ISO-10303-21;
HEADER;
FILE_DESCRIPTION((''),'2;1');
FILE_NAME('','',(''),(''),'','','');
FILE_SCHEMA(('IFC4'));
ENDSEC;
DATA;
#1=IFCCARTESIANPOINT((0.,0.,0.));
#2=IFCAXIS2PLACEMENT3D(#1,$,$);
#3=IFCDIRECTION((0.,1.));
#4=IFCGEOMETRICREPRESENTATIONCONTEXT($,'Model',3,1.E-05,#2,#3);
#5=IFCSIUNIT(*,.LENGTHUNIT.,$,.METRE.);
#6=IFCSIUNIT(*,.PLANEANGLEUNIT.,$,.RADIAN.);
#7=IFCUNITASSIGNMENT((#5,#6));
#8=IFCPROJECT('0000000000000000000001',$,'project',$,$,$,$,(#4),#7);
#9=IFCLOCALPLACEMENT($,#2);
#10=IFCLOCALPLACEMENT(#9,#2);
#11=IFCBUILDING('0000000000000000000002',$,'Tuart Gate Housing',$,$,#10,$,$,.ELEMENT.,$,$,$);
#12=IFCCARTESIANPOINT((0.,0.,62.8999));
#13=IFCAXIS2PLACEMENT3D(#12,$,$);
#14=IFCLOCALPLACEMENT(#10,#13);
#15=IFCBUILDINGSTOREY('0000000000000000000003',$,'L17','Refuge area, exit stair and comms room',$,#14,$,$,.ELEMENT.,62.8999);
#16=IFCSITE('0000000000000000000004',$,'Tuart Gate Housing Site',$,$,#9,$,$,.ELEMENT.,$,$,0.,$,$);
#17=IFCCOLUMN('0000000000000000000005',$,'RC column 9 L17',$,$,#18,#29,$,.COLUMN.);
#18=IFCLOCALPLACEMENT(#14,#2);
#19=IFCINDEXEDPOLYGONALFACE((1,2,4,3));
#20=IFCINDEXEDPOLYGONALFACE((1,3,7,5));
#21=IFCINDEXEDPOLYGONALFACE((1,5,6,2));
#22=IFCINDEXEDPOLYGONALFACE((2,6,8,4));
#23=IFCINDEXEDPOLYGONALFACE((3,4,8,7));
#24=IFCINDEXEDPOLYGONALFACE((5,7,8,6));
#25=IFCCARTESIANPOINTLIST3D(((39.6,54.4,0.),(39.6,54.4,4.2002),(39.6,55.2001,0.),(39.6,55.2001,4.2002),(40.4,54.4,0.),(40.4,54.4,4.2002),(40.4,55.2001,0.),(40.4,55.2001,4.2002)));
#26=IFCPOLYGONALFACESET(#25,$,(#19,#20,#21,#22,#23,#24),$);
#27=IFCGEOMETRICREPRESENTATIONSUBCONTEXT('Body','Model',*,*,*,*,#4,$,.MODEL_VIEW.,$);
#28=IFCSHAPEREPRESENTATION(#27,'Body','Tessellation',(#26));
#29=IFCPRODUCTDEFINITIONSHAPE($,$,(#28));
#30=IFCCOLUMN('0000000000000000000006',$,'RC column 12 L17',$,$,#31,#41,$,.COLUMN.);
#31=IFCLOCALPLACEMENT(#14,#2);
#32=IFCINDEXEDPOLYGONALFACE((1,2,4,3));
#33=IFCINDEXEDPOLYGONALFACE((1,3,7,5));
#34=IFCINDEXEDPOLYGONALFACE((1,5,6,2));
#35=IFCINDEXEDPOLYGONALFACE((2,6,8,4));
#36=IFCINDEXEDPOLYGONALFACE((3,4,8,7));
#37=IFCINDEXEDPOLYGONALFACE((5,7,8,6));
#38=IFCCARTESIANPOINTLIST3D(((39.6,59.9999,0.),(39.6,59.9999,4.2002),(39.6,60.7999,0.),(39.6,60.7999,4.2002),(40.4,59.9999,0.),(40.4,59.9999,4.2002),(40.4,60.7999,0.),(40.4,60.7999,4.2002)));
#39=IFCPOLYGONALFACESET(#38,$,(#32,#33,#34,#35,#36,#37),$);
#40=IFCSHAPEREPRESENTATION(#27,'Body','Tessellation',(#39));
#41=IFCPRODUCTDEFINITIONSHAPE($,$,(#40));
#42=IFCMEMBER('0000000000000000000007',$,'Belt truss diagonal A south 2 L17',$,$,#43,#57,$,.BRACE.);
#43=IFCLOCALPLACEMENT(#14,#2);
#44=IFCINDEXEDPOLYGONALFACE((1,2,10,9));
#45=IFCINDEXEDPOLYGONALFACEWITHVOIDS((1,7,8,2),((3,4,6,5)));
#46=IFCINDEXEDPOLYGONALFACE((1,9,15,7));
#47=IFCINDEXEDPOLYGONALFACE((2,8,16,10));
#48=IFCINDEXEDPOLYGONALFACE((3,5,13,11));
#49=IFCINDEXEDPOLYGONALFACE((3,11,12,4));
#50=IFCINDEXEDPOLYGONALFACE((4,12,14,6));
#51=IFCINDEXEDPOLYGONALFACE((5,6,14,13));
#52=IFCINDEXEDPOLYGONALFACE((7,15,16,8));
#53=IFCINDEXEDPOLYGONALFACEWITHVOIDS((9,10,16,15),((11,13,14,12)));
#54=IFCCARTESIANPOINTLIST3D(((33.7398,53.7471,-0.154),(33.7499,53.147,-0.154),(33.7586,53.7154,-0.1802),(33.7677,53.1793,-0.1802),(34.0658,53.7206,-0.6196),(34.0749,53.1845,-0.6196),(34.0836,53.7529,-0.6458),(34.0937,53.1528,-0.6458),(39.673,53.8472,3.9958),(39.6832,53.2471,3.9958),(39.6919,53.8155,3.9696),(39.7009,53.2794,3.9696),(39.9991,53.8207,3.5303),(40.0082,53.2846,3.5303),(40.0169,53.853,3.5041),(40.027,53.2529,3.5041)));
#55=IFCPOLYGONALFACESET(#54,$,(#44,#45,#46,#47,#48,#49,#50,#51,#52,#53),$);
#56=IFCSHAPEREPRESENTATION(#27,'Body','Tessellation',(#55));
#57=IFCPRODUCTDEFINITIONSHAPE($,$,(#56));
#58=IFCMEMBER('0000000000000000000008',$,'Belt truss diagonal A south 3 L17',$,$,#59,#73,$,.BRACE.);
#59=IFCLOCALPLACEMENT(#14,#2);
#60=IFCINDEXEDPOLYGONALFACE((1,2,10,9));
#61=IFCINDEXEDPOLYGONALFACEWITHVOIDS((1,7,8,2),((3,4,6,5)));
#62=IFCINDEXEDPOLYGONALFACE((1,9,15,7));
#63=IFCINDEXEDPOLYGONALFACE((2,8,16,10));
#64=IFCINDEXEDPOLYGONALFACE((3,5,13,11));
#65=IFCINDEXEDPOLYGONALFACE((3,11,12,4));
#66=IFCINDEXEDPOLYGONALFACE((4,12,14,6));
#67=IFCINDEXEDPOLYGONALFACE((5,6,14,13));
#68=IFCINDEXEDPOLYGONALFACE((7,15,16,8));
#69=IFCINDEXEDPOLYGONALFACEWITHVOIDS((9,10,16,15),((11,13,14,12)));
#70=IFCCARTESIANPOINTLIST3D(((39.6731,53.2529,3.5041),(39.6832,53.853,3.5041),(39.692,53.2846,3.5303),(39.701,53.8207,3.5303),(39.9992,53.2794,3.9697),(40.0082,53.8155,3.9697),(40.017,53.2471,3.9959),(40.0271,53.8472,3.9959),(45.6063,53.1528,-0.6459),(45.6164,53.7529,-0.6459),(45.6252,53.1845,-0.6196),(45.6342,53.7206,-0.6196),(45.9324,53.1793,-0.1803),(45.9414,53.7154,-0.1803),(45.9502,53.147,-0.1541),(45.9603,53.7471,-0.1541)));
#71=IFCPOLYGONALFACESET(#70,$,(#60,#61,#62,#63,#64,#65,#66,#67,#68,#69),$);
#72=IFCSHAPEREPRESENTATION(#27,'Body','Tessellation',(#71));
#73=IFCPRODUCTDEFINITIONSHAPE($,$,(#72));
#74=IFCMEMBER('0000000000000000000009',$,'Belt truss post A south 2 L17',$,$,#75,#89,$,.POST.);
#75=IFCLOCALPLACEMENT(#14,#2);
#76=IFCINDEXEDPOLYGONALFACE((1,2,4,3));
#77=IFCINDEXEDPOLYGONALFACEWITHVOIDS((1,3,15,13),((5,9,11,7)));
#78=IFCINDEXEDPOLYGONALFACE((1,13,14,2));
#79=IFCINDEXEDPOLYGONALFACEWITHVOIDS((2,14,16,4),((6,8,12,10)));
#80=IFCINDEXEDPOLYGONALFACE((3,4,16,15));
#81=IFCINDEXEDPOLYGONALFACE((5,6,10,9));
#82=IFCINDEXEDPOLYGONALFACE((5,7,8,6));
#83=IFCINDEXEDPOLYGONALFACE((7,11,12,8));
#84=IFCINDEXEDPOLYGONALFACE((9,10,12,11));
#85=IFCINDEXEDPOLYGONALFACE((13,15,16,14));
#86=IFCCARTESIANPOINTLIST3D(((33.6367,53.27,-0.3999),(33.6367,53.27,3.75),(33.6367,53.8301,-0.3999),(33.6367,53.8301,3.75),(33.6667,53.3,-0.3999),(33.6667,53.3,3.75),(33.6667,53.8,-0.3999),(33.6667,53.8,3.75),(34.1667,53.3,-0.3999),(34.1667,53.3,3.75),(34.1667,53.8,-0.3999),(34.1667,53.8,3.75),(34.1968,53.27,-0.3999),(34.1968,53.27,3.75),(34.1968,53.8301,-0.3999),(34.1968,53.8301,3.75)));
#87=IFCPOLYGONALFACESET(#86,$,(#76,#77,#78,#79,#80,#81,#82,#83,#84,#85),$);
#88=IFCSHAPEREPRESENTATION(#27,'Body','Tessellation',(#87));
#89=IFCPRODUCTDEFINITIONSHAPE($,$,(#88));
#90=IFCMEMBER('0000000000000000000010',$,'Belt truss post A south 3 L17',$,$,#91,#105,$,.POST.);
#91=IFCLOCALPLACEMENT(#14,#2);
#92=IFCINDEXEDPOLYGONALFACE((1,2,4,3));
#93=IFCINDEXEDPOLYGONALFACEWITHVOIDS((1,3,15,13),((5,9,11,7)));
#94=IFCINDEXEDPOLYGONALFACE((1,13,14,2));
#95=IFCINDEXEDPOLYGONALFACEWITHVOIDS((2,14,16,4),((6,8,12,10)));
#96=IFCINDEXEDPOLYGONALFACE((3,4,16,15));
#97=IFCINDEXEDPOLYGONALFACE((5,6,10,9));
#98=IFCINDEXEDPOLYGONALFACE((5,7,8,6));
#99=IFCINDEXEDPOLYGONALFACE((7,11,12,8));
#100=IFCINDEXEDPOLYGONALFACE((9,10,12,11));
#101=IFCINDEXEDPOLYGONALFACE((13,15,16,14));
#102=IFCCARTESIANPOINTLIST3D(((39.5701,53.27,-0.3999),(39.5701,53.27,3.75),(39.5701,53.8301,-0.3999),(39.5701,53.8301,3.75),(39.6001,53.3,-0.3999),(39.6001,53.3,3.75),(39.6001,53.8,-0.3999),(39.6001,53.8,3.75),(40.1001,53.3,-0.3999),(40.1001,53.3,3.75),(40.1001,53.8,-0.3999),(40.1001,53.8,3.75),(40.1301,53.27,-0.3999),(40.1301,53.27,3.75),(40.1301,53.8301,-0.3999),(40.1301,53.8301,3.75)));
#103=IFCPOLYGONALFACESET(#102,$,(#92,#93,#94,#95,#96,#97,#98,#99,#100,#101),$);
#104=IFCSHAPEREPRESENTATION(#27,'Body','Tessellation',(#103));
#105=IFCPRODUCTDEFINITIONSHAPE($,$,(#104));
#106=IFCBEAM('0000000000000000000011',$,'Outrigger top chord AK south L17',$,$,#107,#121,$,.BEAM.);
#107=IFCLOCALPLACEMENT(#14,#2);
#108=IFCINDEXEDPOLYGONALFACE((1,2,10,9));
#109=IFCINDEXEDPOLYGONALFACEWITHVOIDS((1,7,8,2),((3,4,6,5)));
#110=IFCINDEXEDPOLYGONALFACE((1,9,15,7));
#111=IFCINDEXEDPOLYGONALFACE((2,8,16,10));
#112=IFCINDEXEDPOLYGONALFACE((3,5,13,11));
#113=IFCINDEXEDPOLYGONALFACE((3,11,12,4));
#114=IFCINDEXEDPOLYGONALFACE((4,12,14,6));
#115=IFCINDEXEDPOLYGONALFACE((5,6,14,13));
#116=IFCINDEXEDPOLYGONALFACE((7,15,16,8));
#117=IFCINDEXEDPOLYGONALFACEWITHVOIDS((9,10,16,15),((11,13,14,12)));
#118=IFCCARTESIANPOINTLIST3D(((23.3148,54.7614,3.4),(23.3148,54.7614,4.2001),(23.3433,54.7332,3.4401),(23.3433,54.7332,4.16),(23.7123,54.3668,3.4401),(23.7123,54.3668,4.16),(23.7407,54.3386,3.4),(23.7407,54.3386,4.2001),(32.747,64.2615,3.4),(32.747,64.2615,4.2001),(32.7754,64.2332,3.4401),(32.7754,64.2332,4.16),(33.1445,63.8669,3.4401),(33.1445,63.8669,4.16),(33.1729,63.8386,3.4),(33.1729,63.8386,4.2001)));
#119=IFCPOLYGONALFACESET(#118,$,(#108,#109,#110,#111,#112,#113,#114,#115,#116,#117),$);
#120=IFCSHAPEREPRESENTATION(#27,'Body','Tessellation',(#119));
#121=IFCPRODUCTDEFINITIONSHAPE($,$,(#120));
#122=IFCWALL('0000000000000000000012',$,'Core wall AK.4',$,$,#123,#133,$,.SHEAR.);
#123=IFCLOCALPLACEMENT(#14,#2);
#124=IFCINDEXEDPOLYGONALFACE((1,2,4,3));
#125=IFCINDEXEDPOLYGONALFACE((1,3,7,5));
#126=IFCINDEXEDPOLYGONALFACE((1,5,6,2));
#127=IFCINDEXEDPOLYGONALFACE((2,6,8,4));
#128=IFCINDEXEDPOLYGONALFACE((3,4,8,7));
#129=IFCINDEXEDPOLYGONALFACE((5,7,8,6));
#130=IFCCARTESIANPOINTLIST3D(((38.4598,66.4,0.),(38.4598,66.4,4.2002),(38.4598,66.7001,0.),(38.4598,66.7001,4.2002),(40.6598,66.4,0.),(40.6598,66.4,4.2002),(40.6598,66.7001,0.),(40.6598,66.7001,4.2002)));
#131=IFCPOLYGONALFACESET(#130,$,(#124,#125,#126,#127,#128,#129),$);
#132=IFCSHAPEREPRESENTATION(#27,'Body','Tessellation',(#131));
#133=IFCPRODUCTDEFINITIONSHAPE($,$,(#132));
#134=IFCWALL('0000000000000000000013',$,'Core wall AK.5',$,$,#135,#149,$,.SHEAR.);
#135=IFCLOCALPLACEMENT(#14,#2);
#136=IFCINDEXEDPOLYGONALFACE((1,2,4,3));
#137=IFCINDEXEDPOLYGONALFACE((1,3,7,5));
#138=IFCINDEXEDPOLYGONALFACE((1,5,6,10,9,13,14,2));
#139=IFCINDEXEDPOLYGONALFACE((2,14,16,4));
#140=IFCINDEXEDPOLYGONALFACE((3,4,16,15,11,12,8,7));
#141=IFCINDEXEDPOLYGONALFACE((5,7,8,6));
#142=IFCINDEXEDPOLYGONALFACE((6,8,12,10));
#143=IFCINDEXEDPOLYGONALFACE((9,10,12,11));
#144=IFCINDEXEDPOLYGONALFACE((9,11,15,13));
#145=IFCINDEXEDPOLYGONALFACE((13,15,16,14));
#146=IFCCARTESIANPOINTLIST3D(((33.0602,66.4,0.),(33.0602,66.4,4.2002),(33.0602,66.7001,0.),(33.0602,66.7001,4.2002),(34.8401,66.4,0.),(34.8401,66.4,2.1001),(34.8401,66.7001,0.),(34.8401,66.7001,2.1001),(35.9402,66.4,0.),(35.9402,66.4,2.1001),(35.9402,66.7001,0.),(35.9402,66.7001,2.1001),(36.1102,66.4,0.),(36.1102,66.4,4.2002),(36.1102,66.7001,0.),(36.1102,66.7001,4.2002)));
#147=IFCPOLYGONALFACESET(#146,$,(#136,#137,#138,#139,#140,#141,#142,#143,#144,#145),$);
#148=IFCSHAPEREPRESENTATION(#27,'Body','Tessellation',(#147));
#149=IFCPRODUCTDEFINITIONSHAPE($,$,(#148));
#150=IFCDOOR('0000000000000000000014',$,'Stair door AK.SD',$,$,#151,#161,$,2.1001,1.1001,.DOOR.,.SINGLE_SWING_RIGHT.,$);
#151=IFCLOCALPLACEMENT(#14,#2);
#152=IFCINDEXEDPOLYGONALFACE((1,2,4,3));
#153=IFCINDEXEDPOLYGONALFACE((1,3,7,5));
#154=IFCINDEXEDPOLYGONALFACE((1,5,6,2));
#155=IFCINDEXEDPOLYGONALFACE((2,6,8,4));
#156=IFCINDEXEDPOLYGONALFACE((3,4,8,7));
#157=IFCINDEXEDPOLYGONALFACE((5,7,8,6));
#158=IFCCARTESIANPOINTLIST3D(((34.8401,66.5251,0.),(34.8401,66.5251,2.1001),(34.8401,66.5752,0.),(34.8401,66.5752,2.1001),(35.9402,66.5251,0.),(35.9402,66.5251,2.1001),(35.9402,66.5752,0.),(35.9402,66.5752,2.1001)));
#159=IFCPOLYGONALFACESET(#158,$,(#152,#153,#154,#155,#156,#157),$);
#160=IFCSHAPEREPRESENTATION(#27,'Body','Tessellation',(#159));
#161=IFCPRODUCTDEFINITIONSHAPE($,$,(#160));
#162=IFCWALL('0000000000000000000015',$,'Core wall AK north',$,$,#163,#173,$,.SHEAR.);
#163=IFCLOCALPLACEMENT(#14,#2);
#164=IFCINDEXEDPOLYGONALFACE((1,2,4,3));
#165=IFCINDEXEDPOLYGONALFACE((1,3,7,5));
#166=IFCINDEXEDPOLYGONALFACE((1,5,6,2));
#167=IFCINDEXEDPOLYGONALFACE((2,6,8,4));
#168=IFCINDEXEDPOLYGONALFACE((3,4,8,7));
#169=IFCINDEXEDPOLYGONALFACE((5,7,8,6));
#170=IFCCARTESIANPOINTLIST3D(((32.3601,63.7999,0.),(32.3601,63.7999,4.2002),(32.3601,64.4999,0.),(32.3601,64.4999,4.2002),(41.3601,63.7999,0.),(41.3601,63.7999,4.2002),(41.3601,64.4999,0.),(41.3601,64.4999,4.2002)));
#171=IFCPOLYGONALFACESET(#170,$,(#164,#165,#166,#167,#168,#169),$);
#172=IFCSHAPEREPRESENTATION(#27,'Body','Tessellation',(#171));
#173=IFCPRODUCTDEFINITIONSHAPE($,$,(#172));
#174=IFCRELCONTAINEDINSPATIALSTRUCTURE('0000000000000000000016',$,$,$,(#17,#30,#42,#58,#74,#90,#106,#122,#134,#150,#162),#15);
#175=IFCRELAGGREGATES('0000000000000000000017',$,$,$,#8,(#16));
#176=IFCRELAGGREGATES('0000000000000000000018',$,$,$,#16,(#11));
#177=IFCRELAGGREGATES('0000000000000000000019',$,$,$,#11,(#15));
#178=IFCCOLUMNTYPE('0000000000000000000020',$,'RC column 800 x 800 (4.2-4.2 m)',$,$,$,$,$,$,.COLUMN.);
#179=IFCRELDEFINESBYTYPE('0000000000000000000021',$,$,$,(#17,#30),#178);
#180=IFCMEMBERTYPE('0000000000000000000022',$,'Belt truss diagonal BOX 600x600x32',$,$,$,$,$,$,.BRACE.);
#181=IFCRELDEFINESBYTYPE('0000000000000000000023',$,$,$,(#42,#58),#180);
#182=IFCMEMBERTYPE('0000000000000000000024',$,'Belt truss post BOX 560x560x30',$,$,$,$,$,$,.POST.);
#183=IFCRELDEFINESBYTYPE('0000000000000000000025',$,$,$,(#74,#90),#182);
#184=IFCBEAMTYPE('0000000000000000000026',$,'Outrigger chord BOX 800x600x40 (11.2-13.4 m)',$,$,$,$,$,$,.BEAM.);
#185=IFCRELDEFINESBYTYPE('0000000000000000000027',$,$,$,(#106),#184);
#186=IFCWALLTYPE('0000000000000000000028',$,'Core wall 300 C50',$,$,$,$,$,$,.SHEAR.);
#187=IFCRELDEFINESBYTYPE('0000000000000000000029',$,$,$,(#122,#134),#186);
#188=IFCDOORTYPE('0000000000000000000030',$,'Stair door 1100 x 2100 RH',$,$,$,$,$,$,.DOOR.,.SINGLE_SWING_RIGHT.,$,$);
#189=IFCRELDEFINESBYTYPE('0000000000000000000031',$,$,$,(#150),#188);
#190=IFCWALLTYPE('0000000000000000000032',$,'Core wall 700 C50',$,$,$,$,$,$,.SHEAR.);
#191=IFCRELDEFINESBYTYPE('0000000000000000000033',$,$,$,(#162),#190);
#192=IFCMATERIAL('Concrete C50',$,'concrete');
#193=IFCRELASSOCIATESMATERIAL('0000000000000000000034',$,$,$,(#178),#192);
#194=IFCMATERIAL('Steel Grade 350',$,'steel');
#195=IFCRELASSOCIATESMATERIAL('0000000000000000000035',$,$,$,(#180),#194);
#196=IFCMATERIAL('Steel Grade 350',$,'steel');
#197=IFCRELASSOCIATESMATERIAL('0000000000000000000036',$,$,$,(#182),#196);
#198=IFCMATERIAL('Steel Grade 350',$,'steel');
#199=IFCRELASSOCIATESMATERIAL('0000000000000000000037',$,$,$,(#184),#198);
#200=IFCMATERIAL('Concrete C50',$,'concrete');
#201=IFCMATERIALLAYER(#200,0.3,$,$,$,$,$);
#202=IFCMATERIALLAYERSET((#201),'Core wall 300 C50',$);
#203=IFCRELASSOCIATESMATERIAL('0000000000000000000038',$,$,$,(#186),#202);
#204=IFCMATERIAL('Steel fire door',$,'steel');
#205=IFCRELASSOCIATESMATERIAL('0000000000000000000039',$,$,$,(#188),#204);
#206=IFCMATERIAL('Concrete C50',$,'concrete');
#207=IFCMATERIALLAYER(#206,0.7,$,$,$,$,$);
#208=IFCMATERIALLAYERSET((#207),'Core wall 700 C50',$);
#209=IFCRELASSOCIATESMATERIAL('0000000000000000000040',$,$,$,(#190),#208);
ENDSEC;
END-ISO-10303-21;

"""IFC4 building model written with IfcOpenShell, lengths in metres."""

from ifc_helpers import new_model, si_unit, direction, frame, frame_2d, origin, origin_2d, place, context, subcontext, project, spatial, rectangle, hollow_rectangle, extrude, material, layer, layer_set, material_profile, profile_set, type_object, element, fill, save


model = new_model("IFC4")

# Units and contexts
model_context = context("Model", 3, precision=1e-05, world=origin(), true_north=direction((0.0, 1.0)))
body_context = subcontext(model_context, "Body", "Model", "MODEL_VIEW")
ifc_project = project(units=[si_unit("LENGTHUNIT", "METRE"), si_unit("PLANEANGLEUNIT", "RADIAN")], contexts=[model_context])

# Site, building, storey
site_placement = place(None, origin())
site = spatial("IfcSite", under=ifc_project, at=site_placement, Name="Tuart Gate Housing Site", CompositionType="ELEMENT", RefElevation=0.0)
building_placement = place(site_placement, origin())
building = spatial("IfcBuilding", under=site, at=building_placement, Name="Tuart Gate Housing", CompositionType="ELEMENT")
storey_placement = place(building_placement, frame((0.0, 0.0, 62.8999)))
storey = spatial("IfcBuildingStorey", under=building, at=storey_placement, Name="L17", Description="Refuge area, exit stair and comms room", CompositionType="ELEMENT", Elevation=62.8999)

# Columns
ifc_material_1 = material(Name="Concrete C50", Category="concrete")
ifc_material_profile_1 = material_profile(ifc_material_1, rectangle(XDim=0.8, YDim=0.8, at=origin_2d()), Name="RC column 800 x 800 (4.2-4.2 m)")
ifc_profile_set_1 = profile_set([ifc_material_profile_1], Name="Concrete C50")
column_type = type_object("IfcColumnType", Name="RC column 800 x 800 (4.2-4.2 m)", PredefinedType="COLUMN", material=ifc_profile_set_1)
for number, where, z_axis, x_axis, name in (
    (1, (40.0, 54.8, 0.0), (0.0, 0.0, 1.0), (1.0, 0.0, 0.0), "RC column 9 L17"),
    (2, (40.0, 60.3999, 0.0), (0.0, 0.0, 1.0), (1.0, 0.0, 0.0), "RC column 12 L17"),
):
    element("IfcColumn", number, at=place(storey_placement, frame(where, z_axis=z_axis, x_axis=x_axis)), inside=storey, type_object=column_type, Name=name, PredefinedType="COLUMN", context=body_context, shape_type="SweptSolid", body=[
        extrude(rectangle(XDim=0.8, YDim=0.8, at=origin_2d()), origin(), (0.0, 0.0, 1.0), 4.2002),
    ])

# Members
ifc_material_2 = material(Name="Steel Grade 350", Category="steel")
ifc_material_profile_2 = material_profile(ifc_material_2, hollow_rectangle(XDim=0.6001, YDim=0.6001, WallThickness=0.032, at=origin_2d()), Name="BOX 600x600x32")
ifc_profile_set_2 = profile_set([ifc_material_profile_2], Name="Steel Grade 350")
member_type_1 = type_object("IfcMemberType", Name="Belt truss diagonal BOX 600x600x32", PredefinedType="BRACE", material=ifc_profile_set_2)
for number, where, z_axis, x_axis, name in (
    (3, (33.9167, 53.45, -0.3999), (0.819377, 0.013823, 0.573088), (-0.016868, 0.999858, 0.0), "Belt truss diagonal A south 2 L17"),
    (4, (39.8501, 53.55, 3.75), (0.819366, -0.013824, -0.573104), (0.016869, 0.999858, 0.0), "Belt truss diagonal A south 3 L17"),
):
    element("IfcMember", number, at=place(storey_placement, frame(where, z_axis=z_axis, x_axis=x_axis)), inside=storey, type_object=member_type_1, Name=name, PredefinedType="BRACE", context=body_context, shape_type="SweptSolid", body=[
        extrude(hollow_rectangle(XDim=0.6001, YDim=0.6001, WallThickness=0.032, at=origin_2d()), origin(), (0.0, 0.0, 1.0), 7.2412),
    ])
ifc_material_3 = material(Name="Steel Grade 350", Category="steel")
ifc_material_profile_3 = material_profile(ifc_material_3, hollow_rectangle(XDim=0.5601, YDim=0.5601, WallThickness=0.03, at=origin_2d()), Name="BOX 560x560x30")
ifc_profile_set_3 = profile_set([ifc_material_profile_3], Name="Steel Grade 350")
member_type_2 = type_object("IfcMemberType", Name="Belt truss post BOX 560x560x30", PredefinedType="POST", material=ifc_profile_set_3)
for number, where, z_axis, x_axis, name in (
    (5, (33.9167, 53.55, -0.3999), (0.0, 0.0, 1.0), (1.0, 0.0, 0.0), "Belt truss post A south 2 L17"),
    (6, (39.8501, 53.55, -0.3999), (0.0, 0.0, 1.0), (1.0, 0.0, 0.0), "Belt truss post A south 3 L17"),
):
    element("IfcMember", number, at=place(storey_placement, frame(where, z_axis=z_axis, x_axis=x_axis)), inside=storey, type_object=member_type_2, Name=name, PredefinedType="POST", context=body_context, shape_type="SweptSolid", body=[
        extrude(hollow_rectangle(XDim=0.5601, YDim=0.5601, WallThickness=0.03, at=origin_2d()), origin(), (0.0, 0.0, 1.0), 4.1499),
    ])

# Beam
ifc_material_4 = material(Name="Steel Grade 350", Category="steel")
ifc_material_profile_4 = material_profile(ifc_material_4, hollow_rectangle(XDim=0.6001, YDim=0.8, WallThickness=0.04, at=origin_2d()), Name="BOX 800x600x40")
ifc_profile_set_4 = profile_set([ifc_material_profile_4], Name="Steel Grade 350")
beam_type = type_object("IfcBeamType", Name="Outrigger chord BOX 800x600x40 (11.2-13.4 m)", PredefinedType="BEAM", material=ifc_profile_set_4)
beam_placement = place(storey_placement, frame((32.96, 64.05, 3.8), z_axis=(-0.704567, -0.709637, 0.0), x_axis=(0.709637, -0.704567, 0.0)))
element("IfcBeam", 7, at=beam_placement, inside=storey, type_object=beam_type, Name="Outrigger top chord AK south L17", PredefinedType="BEAM", context=body_context, shape_type="SweptSolid", body=[
    extrude(hollow_rectangle(XDim=0.6001, YDim=0.8, WallThickness=0.04, at=origin_2d()), origin(), (0.0, 0.0, 1.0), 13.3872),
])

# Wall
ifc_material_5 = material(Name="Concrete C50", Category="concrete")
ifc_layer_1 = layer(ifc_material_5, 0.3)
ifc_layer_set_1 = layer_set([ifc_layer_1], Name="Core wall 300 C50")
wall_type_1 = type_object("IfcWallType", Name="Core wall 300 C50", PredefinedType="SHEAR", material=ifc_layer_set_1)
wall_1_placement = place(storey_placement, frame((40.6599, 66.55, 0.0), z_axis=(0.0, 0.0, 1.0), x_axis=(-1.0, 0.0, 0.0)))
element("IfcWall", 8, at=wall_1_placement, inside=storey, type_object=wall_type_1, Name="Core wall AK.4", PredefinedType="SHEAR", context=body_context, shape_type="SweptSolid", body=[
    extrude(rectangle(XDim=2.2, YDim=0.3, at=frame_2d((1.1001, 0.0))), origin(), (0.0, 0.0, 1.0), 4.2002),
])

# Wall, opening, door
wall_2_placement = place(storey_placement, frame((36.1101, 66.55, 0.0), z_axis=(0.0, 0.0, 1.0), x_axis=(-1.0, 0.0, 0.0)))
wall_2 = element("IfcWall", 9, at=wall_2_placement, inside=storey, type_object=wall_type_1, Name="Core wall AK.5", PredefinedType="SHEAR", context=body_context, shape_type="SweptSolid", body=[
    extrude(rectangle(XDim=3.05, YDim=0.3, at=frame_2d((1.5249, 0.0))), origin(), (0.0, 0.0, 1.0), 4.2002),
])
opening_1_placement = place(wall_2_placement, frame((0.1699, 0.0, 0.0)))
opening_1 = element("IfcOpeningElement", 10, at=opening_1_placement, cuts=wall_2, PredefinedType="OPENING", context=body_context, shape_type="SweptSolid", body=[
    extrude(rectangle(XDim=1.1001, YDim=2.1001, at=frame_2d((0.55, 1.05))), frame((0.0, 0.1599, 0.0), z_axis=(0.0, -1.0, 0.0), x_axis=(1.0, 0.0, 0.0)), (0.0, 0.0, 1.0), 0.3201),
])
ifc_material_6 = material(Name="Steel fire door", Category="steel")
door_type_1 = type_object("IfcDoorType", Name="Stair door 1100 x 2100 RH", OperationType="SINGLE_SWING_RIGHT", PredefinedType="DOOR", material=ifc_material_6)
door_1_placement = place(opening_1_placement, frame((1.1001, 0.0, 0.0), z_axis=(0.0, 0.0, 1.0), x_axis=(-1.0, 0.0, 0.0)))
door_1 = element("IfcDoor", 11, at=door_1_placement, inside=storey, type_object=door_type_1, Name="Stair door AK.SD", OperationType="SINGLE_SWING_RIGHT", OverallHeight=2.1001, OverallWidth=1.1001, PredefinedType="DOOR", context=body_context, shape_type="SweptSolid", body=[
    extrude(rectangle(XDim=1.1001, YDim=2.1001, at=frame_2d((0.55, 1.05))), frame((0.0, 0.0251, 0.0), z_axis=(0.0, -1.0, 0.0), x_axis=(1.0, 0.0, 0.0)), (0.0, 0.0, 1.0), 0.05),
])
fill(opening_1, door_1)

# Wall
ifc_material_7 = material(Name="Concrete C50", Category="concrete")
ifc_layer_2 = layer(ifc_material_7, 0.7)
ifc_layer_set_2 = layer_set([ifc_layer_2], Name="Core wall 700 C50")
wall_type_2 = type_object("IfcWallType", Name="Core wall 700 C50", PredefinedType="SHEAR", material=ifc_layer_set_2)
wall_3_placement = place(storey_placement, frame((41.3601, 64.1499, 0.0), z_axis=(0.0, 0.0, 1.0), x_axis=(-1.0, 0.0, 0.0)))
element("IfcWall", 12, at=wall_3_placement, inside=storey, type_object=wall_type_2, Name="Core wall AK north", PredefinedType="SHEAR", context=body_context, shape_type="SweptSolid", body=[
    extrude(rectangle(XDim=9.0, YDim=0.7, at=frame_2d((4.5, 0.0))), origin(), (0.0, 0.0, 1.0), 4.2002),
])

save(model, "model.ifc")
